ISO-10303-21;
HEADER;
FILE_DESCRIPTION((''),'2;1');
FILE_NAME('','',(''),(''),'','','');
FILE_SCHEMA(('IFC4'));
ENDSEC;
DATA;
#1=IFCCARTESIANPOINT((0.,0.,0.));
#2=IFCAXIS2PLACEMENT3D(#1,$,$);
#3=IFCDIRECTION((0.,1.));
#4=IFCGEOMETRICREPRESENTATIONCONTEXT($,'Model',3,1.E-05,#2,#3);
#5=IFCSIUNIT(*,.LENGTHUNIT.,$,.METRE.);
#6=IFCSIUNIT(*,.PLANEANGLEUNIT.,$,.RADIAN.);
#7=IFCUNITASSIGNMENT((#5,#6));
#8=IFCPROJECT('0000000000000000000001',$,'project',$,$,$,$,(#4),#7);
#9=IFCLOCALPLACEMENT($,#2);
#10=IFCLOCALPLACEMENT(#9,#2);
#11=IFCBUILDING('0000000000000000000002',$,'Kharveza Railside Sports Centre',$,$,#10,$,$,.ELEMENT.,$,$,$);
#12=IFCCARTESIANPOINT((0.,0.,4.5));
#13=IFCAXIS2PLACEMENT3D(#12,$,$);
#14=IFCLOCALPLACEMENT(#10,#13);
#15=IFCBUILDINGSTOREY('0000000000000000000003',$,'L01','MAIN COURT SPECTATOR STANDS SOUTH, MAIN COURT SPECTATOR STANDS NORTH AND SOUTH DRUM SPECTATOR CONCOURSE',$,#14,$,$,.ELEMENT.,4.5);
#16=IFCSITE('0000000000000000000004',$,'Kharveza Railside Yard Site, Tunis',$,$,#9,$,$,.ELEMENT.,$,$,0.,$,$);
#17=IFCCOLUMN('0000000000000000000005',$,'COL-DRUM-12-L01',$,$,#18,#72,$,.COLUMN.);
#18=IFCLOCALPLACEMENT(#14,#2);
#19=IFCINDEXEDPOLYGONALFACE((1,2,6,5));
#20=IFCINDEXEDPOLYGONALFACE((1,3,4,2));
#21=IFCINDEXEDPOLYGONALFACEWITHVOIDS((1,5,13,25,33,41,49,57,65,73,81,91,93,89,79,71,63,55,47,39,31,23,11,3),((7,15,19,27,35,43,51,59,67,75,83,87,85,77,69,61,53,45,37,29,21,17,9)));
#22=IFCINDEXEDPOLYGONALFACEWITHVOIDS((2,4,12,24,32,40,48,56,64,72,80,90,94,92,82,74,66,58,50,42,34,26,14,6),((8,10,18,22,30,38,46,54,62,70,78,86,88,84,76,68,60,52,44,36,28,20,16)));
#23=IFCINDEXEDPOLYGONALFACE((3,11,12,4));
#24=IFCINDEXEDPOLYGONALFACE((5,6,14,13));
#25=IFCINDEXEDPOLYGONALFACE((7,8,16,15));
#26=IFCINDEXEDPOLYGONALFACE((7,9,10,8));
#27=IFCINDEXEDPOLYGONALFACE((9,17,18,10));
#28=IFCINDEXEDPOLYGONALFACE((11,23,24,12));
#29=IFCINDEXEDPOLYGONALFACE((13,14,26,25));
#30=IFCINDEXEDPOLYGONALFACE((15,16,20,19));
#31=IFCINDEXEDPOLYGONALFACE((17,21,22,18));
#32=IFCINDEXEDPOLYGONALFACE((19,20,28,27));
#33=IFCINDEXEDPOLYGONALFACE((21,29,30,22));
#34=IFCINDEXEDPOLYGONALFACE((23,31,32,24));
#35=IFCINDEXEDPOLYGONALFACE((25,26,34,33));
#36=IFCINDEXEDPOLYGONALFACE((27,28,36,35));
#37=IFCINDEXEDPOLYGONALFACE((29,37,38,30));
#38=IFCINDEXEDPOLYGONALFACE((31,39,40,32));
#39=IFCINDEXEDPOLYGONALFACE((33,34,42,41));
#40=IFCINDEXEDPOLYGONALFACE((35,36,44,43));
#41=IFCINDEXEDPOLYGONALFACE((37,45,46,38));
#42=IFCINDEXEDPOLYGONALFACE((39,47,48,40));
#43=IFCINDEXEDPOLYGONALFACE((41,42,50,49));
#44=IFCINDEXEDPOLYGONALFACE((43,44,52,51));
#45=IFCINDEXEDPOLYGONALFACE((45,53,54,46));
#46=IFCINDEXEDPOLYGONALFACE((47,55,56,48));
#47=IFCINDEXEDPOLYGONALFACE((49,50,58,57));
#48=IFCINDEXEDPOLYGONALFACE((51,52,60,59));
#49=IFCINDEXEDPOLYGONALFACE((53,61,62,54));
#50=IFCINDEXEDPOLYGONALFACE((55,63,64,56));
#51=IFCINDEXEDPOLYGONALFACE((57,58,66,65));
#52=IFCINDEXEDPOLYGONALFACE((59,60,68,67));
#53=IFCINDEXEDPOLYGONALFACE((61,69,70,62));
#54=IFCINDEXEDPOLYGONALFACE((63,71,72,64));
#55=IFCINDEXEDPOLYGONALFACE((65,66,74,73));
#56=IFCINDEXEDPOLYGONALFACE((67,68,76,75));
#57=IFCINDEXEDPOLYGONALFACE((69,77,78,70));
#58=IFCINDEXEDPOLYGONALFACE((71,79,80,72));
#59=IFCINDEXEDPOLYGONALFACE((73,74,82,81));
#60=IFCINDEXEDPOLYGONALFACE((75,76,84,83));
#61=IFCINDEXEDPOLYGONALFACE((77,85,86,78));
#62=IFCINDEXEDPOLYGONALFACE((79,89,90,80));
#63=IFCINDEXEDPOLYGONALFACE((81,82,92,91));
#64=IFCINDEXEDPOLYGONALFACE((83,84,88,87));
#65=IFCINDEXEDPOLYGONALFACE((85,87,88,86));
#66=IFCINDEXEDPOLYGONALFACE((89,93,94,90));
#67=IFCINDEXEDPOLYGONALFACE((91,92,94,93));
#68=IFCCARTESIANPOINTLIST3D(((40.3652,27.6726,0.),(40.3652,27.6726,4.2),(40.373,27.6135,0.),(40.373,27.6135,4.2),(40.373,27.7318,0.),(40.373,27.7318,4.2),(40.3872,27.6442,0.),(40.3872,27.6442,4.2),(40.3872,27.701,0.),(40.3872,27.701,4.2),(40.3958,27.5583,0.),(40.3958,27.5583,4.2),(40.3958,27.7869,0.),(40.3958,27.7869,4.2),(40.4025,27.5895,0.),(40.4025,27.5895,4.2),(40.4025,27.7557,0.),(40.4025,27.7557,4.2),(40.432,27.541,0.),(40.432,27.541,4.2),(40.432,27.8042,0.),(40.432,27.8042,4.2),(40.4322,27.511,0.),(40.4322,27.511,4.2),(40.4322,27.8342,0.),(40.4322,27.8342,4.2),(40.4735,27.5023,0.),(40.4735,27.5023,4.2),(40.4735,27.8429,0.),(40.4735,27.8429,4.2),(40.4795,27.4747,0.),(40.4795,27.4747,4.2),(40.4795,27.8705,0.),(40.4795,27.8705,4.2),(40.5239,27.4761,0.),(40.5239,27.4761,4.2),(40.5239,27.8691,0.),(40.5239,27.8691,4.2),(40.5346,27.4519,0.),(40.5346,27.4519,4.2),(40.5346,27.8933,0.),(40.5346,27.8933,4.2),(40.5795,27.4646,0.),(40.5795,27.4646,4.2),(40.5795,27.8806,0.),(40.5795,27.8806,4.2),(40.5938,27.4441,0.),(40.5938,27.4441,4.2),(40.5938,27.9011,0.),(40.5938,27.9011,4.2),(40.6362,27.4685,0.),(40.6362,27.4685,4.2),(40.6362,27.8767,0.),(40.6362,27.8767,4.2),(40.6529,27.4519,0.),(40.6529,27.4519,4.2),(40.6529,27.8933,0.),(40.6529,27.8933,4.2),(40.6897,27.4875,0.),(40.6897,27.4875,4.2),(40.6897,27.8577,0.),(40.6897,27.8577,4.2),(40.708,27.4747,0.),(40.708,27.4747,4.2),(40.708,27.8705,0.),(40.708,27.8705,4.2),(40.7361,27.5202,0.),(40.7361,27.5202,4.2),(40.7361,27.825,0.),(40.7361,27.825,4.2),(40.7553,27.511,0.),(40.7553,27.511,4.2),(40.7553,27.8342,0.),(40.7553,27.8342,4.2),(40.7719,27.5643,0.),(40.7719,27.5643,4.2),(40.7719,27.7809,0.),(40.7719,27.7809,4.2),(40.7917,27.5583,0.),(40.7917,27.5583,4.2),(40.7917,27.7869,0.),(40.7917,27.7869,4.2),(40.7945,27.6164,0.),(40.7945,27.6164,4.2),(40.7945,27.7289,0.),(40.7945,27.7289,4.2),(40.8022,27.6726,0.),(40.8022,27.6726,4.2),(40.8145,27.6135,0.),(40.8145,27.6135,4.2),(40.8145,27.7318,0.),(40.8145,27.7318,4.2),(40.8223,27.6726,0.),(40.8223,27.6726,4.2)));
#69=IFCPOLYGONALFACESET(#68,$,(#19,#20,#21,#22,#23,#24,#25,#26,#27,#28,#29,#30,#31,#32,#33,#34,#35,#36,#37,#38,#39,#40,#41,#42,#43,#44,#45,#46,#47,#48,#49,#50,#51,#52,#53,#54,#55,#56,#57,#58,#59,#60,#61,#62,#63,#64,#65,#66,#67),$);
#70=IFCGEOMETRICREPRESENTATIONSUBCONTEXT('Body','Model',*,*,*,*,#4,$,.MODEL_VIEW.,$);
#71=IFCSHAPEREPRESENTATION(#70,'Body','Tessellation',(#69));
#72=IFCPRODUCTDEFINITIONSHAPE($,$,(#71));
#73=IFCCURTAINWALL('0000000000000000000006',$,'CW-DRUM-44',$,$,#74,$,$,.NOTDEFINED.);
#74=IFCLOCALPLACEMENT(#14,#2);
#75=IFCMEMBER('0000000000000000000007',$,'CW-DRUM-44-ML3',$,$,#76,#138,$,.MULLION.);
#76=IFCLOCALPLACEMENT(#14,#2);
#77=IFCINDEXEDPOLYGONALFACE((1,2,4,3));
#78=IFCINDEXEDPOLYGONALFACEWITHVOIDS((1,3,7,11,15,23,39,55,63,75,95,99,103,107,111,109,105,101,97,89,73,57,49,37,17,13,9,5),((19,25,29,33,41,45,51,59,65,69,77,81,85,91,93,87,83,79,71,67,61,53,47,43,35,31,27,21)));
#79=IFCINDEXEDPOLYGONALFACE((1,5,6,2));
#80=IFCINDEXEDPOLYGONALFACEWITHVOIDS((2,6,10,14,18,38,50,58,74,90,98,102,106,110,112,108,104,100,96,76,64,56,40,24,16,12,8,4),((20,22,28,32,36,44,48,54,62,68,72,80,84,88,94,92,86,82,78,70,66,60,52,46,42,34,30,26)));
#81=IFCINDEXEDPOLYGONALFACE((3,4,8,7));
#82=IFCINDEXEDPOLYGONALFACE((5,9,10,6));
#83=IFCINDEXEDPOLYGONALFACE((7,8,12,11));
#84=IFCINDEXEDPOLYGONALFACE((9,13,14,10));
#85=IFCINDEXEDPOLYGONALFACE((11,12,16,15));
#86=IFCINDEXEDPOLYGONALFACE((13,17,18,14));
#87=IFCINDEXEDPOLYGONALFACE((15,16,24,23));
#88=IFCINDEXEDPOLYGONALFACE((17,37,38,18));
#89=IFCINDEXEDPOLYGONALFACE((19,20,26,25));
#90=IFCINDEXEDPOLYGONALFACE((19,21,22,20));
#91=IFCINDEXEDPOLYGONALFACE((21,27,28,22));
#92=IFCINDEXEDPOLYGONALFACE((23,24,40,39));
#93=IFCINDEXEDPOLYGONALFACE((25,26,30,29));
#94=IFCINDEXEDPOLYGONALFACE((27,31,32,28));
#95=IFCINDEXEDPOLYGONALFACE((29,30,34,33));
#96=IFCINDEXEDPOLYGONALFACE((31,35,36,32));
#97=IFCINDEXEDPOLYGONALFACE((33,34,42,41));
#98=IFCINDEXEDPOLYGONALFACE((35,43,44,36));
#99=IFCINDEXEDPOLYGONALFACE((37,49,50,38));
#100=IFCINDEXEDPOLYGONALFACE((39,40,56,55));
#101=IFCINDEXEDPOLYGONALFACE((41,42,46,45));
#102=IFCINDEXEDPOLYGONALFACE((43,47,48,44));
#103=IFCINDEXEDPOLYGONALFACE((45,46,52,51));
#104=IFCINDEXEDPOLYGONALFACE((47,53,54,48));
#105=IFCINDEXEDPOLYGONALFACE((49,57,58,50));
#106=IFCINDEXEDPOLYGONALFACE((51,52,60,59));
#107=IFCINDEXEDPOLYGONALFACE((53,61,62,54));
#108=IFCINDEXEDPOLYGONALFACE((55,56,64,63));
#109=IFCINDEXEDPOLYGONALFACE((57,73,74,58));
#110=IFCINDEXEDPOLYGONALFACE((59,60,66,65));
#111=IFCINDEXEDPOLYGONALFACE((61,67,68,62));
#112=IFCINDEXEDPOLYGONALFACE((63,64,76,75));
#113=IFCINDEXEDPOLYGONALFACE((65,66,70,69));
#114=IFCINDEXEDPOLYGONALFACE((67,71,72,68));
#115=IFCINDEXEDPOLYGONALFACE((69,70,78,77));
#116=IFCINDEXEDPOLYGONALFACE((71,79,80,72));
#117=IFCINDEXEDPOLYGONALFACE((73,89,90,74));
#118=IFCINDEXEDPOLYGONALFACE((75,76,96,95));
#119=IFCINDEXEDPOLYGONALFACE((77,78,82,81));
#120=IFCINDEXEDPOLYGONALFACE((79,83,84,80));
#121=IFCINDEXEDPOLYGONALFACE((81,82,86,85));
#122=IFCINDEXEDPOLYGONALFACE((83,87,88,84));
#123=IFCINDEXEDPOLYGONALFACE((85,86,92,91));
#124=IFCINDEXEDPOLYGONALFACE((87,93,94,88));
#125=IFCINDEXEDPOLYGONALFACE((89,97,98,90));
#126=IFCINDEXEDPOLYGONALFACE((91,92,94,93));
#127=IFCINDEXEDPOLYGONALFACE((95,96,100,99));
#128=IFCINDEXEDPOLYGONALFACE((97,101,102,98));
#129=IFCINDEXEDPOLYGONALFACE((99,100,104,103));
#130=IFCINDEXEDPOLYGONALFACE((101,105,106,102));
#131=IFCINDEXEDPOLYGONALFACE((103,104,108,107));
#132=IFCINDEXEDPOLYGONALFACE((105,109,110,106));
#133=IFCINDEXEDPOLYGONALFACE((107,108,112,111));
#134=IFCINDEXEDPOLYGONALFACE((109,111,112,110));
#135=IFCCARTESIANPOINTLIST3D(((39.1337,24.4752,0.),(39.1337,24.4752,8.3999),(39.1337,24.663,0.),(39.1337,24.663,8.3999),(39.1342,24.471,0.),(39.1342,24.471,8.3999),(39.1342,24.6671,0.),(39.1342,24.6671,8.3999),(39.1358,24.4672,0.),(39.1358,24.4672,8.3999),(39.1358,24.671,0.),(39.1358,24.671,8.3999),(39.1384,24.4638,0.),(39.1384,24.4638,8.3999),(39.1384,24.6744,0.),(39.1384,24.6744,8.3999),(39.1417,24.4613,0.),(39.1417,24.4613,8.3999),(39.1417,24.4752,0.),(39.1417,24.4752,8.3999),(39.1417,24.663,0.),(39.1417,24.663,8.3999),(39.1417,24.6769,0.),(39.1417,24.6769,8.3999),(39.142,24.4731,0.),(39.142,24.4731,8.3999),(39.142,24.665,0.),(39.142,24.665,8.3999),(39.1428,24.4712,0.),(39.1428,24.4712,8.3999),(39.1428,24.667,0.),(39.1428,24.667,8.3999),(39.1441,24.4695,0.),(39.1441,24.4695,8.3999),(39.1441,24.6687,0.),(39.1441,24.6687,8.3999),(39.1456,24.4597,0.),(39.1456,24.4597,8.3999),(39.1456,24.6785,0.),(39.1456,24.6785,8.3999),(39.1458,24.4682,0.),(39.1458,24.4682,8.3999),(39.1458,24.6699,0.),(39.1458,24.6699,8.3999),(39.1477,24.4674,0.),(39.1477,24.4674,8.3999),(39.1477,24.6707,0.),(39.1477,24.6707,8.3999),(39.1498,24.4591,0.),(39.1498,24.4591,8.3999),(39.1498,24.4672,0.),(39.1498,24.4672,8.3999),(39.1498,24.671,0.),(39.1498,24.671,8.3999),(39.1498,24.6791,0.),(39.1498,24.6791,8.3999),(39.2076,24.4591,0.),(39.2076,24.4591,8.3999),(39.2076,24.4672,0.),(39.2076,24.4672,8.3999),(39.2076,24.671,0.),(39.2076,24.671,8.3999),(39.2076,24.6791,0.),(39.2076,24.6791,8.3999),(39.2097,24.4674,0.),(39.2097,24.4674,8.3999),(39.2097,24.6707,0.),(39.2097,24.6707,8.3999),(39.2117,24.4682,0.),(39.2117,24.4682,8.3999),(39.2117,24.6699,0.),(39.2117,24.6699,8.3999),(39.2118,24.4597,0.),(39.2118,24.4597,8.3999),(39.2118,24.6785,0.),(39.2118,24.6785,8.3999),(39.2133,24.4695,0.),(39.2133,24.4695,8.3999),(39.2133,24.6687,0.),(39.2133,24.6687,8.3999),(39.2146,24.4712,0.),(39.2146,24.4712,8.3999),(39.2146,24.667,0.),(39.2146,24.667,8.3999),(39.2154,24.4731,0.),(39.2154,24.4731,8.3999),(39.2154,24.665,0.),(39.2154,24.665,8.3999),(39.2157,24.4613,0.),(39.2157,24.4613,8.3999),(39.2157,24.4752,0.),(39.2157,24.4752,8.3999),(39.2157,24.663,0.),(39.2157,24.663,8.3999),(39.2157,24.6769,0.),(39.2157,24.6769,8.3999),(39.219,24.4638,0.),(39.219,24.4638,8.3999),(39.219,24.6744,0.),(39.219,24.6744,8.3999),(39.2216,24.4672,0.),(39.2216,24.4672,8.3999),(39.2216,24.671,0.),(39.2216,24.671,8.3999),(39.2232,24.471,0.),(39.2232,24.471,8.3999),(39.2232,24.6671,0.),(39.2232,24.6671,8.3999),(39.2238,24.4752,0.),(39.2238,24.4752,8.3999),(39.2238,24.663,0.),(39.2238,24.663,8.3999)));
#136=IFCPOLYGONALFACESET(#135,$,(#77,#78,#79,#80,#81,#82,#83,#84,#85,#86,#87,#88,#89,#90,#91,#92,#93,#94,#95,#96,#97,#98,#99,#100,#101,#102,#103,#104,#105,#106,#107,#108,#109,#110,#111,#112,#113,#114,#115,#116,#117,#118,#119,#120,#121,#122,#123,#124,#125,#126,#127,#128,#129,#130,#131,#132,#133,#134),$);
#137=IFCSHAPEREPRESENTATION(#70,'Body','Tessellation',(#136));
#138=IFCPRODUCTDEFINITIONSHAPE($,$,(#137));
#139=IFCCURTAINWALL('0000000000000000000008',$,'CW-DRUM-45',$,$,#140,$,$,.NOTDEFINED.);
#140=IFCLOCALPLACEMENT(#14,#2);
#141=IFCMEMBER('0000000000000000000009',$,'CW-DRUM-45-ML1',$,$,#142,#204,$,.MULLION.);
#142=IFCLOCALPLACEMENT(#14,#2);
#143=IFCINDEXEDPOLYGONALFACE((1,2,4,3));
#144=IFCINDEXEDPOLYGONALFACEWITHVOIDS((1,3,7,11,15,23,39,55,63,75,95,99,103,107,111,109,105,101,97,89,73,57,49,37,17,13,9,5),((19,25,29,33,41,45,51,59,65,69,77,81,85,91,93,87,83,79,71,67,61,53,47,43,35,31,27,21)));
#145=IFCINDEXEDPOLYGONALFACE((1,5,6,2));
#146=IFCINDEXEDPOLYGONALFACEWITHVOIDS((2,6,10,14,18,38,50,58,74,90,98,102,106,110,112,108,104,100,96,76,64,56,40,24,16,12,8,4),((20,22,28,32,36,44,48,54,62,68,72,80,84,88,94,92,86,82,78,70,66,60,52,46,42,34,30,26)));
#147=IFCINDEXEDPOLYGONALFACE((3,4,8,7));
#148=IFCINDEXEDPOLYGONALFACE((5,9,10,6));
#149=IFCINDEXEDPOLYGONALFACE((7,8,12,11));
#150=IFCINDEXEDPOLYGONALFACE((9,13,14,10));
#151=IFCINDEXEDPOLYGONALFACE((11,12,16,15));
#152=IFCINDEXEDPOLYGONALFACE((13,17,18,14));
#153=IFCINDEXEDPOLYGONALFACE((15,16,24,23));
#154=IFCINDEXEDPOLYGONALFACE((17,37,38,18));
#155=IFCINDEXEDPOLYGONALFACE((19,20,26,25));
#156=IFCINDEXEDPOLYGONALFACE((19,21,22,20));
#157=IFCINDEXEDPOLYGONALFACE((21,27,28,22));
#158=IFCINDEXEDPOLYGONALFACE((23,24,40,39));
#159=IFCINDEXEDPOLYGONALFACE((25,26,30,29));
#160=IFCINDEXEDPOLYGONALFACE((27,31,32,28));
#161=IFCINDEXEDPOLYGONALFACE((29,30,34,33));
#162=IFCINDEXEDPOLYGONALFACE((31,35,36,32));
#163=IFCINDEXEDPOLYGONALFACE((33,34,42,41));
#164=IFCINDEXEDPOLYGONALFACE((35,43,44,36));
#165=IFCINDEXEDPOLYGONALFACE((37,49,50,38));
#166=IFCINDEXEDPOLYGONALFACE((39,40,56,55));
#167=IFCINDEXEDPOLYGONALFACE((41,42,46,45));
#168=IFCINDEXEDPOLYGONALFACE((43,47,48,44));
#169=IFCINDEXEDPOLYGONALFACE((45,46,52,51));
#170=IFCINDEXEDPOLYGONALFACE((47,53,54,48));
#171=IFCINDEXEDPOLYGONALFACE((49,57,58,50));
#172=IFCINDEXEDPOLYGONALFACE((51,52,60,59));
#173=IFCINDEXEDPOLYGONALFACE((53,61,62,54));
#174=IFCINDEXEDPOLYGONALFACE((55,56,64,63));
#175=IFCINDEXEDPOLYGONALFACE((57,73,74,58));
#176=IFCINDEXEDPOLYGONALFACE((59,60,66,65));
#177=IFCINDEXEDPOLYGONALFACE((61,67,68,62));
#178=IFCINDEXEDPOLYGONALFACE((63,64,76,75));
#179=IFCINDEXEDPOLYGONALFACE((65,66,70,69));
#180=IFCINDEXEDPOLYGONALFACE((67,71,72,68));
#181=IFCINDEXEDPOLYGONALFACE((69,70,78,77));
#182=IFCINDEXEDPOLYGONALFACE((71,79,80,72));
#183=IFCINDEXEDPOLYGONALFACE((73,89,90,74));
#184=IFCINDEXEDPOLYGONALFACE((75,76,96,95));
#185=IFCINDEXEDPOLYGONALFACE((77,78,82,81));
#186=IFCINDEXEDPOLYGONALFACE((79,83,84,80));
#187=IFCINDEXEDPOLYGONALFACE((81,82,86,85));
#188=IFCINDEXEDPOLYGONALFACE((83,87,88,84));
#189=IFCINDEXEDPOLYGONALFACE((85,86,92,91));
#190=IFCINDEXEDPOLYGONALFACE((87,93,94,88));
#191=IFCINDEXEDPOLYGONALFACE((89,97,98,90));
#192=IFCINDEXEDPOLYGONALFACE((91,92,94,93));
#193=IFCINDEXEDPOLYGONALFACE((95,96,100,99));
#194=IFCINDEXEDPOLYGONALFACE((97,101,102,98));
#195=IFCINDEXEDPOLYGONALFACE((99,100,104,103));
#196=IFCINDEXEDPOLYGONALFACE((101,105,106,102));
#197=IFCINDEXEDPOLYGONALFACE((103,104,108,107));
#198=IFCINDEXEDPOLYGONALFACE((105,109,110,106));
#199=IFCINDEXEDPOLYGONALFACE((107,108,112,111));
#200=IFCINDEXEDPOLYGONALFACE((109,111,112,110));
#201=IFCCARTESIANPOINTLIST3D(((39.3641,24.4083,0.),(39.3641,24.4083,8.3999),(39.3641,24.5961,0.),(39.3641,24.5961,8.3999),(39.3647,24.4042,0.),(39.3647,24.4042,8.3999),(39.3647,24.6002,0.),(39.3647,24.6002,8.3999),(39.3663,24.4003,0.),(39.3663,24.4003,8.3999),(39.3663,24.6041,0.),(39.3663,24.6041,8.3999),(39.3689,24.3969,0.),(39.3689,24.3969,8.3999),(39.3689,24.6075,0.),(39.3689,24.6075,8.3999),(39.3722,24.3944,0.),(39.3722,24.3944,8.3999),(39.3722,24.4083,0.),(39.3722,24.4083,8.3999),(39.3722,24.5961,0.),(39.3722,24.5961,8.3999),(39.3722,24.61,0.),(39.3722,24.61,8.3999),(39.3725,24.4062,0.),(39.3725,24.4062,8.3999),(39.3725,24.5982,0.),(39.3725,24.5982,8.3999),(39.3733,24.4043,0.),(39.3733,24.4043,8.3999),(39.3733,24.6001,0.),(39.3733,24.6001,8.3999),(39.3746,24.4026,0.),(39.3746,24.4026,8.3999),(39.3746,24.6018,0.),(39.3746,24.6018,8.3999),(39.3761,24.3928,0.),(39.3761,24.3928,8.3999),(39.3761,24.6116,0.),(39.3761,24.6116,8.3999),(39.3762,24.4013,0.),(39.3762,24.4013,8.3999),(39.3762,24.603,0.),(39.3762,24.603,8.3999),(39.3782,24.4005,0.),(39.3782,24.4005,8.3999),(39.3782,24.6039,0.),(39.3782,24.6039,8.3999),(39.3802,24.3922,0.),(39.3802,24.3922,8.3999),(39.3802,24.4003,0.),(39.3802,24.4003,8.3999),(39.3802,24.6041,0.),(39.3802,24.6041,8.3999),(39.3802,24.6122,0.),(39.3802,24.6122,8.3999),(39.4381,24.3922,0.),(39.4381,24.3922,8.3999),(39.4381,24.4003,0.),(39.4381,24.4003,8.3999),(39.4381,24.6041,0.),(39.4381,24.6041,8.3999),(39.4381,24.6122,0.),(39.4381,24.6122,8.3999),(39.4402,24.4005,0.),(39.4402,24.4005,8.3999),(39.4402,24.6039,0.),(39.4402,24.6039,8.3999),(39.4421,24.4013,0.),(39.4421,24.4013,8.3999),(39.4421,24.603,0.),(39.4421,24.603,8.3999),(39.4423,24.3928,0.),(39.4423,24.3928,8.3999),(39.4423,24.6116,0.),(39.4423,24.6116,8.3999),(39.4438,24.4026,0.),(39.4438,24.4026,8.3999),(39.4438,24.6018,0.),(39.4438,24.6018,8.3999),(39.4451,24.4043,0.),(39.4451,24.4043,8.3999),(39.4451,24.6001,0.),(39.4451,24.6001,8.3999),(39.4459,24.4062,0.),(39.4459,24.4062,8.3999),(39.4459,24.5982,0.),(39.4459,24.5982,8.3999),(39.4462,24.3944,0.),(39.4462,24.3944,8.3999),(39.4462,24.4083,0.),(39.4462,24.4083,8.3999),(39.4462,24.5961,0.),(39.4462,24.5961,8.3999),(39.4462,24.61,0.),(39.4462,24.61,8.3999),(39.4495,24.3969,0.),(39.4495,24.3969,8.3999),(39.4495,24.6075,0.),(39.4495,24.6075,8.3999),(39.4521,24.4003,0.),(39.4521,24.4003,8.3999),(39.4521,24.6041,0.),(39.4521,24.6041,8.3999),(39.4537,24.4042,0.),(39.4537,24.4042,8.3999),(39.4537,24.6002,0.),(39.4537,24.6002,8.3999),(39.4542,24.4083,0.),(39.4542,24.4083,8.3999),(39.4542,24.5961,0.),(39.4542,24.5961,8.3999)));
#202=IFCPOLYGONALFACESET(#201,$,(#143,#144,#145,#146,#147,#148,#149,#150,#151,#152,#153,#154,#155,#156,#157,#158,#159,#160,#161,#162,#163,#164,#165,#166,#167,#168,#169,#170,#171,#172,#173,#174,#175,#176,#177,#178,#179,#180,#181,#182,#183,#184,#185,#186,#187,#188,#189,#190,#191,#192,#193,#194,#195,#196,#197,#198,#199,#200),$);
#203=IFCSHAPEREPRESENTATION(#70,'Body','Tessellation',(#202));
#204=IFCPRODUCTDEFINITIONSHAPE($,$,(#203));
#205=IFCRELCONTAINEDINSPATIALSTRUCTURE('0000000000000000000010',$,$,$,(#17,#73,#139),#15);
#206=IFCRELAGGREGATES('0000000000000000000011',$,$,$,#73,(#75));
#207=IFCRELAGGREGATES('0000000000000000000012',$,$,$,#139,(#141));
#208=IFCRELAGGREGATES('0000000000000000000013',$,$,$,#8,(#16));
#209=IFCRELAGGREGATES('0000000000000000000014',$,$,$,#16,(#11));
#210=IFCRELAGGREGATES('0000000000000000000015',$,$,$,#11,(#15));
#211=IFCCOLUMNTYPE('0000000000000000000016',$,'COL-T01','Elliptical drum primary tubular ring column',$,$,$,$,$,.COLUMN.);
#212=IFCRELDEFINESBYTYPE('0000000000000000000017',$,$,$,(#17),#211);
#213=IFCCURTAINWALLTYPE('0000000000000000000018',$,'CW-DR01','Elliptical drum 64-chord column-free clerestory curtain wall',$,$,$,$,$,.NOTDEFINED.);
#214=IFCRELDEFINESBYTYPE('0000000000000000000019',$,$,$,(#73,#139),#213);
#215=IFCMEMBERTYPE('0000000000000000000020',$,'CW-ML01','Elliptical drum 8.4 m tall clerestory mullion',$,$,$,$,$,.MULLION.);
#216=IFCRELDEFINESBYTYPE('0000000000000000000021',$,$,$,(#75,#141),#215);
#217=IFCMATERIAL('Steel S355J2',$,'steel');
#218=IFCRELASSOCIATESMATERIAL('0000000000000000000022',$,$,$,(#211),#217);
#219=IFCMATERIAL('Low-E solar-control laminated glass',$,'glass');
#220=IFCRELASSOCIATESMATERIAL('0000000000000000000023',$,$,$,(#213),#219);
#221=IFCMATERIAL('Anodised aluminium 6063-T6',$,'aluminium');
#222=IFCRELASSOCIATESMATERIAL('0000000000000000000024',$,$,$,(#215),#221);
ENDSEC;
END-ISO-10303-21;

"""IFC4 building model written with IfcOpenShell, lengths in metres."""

from ifc_helpers import new_model, si_unit, direction, frame, origin, origin_2d, place, context, subcontext, project, spatial, hollow_rectangle, hollow_circle, extrude, material, material_profile, profile_set, type_object, element, aggregate, save


model = new_model("IFC4")

# Units and contexts
model_context = context("Model", 3, precision=1e-05, world=origin(), true_north=direction((0.0, 1.0)))
body_context = subcontext(model_context, "Body", "Model", "MODEL_VIEW")
ifc_project = project(units=[si_unit("LENGTHUNIT", "METRE"), si_unit("PLANEANGLEUNIT", "RADIAN")], contexts=[model_context])

# Site, building, storey
site_placement = place(None, origin())
site = spatial("IfcSite", under=ifc_project, at=site_placement, Name="Kharveza Railside Yard Site, Tunis", CompositionType="ELEMENT", RefElevation=0.0)
building_placement = place(site_placement, origin())
building = spatial("IfcBuilding", under=site, at=building_placement, Name="Kharveza Railside Sports Centre", CompositionType="ELEMENT")
storey_placement = place(building_placement, frame((0.0, 0.0, 4.5)))
storey = spatial("IfcBuildingStorey", under=building, at=storey_placement, Name="L01", Description="MAIN COURT SPECTATOR STANDS SOUTH, MAIN COURT SPECTATOR STANDS NORTH AND SOUTH DRUM SPECTATOR CONCOURSE", CompositionType="ELEMENT", Elevation=4.5)

# Column
ifc_material_1 = material(Name="Steel S355J2", Category="steel")
ifc_material_profile_1 = material_profile(ifc_material_1, hollow_circle(Radius=0.2285, WallThickness=0.02, at=origin_2d()), Name="CHS 457.0x20.0")
ifc_profile_set_1 = profile_set([ifc_material_profile_1], Name="Steel S355J2")
column_type = type_object("IfcColumnType", Name="COL-T01", Description="Elliptical drum primary tubular ring column", PredefinedType="COLUMN", material=ifc_profile_set_1)
column_placement = place(storey_placement, frame((40.5938, 27.6726, 0.0), z_axis=(0.0, 0.0, 1.0), x_axis=(1.0, 0.0, 0.0)))
element("IfcColumn", 1, at=column_placement, inside=storey, type_object=column_type, Name="COL-DRUM-12-L01", PredefinedType="COLUMN", context=body_context, shape_type="SweptSolid", body=[
    extrude(hollow_circle(Radius=0.2285, WallThickness=0.02, at=origin_2d()), origin(), (0.0, 0.0, 1.0), 4.2),
])

# Curtain wall, member
ifc_material_2 = material(Name="Low-E solar-control laminated glass", Category="glass")
curtain_wall_type = type_object("IfcCurtainWallType", Name="CW-DR01", Description="Elliptical drum 64-chord column-free clerestory curtain wall", PredefinedType="NOTDEFINED", material=ifc_material_2)
curtain_wall_1_placement = place(storey_placement, origin())
curtain_wall_1 = element("IfcCurtainWall", 2, at=curtain_wall_1_placement, inside=storey, type_object=curtain_wall_type, Name="CW-DRUM-44", PredefinedType="NOTDEFINED")
ifc_material_3 = material(Name="Anodised aluminium 6063-T6", Category="aluminium")
ifc_material_profile_2 = material_profile(ifc_material_3, hollow_rectangle(XDim=0.0901, YDim=0.22, WallThickness=0.0081, InnerFilletRadius=0.0081, OuterFilletRadius=0.0161, at=origin_2d()), Name="RHS 90x220x8.0")
ifc_profile_set_2 = profile_set([ifc_material_profile_2], Name="Anodised aluminium 6063-T6")
member_type_1 = type_object("IfcMemberType", Name="CW-ML01", Description="Elliptical drum 8.4 m tall clerestory mullion", PredefinedType="MULLION", material=ifc_profile_set_2)
member_1_placement = place(storey_placement, frame((39.1787, 24.5691, 0.0), z_axis=(0.0, 0.0, 1.0), x_axis=(1.0, 0.0, 0.0)))
member_1 = element("IfcMember", 3, at=member_1_placement, type_object=member_type_1, Name="CW-DRUM-44-ML3", PredefinedType="MULLION", context=body_context, shape_type="SweptSolid", body=[
    extrude(hollow_rectangle(XDim=0.0901, YDim=0.22, WallThickness=0.0081, InnerFilletRadius=0.0081, OuterFilletRadius=0.0161, at=origin_2d()), origin(), (0.0, 0.0, 1.0), 8.3999),
])

# Curtain wall, member
curtain_wall_2_placement = place(storey_placement, origin())
curtain_wall_2 = element("IfcCurtainWall", 4, at=curtain_wall_2_placement, inside=storey, type_object=curtain_wall_type, Name="CW-DRUM-45", PredefinedType="NOTDEFINED")
member_2_placement = place(storey_placement, frame((39.4092, 24.5022, 0.0), z_axis=(0.0, 0.0, 1.0), x_axis=(1.0, 0.0, 0.0)))
member_2 = element("IfcMember", 5, at=member_2_placement, type_object=member_type_1, Name="CW-DRUM-45-ML1", PredefinedType="MULLION", context=body_context, shape_type="SweptSolid", body=[
    extrude(hollow_rectangle(XDim=0.0901, YDim=0.22, WallThickness=0.0081, InnerFilletRadius=0.0081, OuterFilletRadius=0.0161, at=origin_2d()), origin(), (0.0, 0.0, 1.0), 8.3999),
])

aggregate(curtain_wall_1, [member_1])
aggregate(curtain_wall_2, [member_2])

save(model, "model.ifc")
